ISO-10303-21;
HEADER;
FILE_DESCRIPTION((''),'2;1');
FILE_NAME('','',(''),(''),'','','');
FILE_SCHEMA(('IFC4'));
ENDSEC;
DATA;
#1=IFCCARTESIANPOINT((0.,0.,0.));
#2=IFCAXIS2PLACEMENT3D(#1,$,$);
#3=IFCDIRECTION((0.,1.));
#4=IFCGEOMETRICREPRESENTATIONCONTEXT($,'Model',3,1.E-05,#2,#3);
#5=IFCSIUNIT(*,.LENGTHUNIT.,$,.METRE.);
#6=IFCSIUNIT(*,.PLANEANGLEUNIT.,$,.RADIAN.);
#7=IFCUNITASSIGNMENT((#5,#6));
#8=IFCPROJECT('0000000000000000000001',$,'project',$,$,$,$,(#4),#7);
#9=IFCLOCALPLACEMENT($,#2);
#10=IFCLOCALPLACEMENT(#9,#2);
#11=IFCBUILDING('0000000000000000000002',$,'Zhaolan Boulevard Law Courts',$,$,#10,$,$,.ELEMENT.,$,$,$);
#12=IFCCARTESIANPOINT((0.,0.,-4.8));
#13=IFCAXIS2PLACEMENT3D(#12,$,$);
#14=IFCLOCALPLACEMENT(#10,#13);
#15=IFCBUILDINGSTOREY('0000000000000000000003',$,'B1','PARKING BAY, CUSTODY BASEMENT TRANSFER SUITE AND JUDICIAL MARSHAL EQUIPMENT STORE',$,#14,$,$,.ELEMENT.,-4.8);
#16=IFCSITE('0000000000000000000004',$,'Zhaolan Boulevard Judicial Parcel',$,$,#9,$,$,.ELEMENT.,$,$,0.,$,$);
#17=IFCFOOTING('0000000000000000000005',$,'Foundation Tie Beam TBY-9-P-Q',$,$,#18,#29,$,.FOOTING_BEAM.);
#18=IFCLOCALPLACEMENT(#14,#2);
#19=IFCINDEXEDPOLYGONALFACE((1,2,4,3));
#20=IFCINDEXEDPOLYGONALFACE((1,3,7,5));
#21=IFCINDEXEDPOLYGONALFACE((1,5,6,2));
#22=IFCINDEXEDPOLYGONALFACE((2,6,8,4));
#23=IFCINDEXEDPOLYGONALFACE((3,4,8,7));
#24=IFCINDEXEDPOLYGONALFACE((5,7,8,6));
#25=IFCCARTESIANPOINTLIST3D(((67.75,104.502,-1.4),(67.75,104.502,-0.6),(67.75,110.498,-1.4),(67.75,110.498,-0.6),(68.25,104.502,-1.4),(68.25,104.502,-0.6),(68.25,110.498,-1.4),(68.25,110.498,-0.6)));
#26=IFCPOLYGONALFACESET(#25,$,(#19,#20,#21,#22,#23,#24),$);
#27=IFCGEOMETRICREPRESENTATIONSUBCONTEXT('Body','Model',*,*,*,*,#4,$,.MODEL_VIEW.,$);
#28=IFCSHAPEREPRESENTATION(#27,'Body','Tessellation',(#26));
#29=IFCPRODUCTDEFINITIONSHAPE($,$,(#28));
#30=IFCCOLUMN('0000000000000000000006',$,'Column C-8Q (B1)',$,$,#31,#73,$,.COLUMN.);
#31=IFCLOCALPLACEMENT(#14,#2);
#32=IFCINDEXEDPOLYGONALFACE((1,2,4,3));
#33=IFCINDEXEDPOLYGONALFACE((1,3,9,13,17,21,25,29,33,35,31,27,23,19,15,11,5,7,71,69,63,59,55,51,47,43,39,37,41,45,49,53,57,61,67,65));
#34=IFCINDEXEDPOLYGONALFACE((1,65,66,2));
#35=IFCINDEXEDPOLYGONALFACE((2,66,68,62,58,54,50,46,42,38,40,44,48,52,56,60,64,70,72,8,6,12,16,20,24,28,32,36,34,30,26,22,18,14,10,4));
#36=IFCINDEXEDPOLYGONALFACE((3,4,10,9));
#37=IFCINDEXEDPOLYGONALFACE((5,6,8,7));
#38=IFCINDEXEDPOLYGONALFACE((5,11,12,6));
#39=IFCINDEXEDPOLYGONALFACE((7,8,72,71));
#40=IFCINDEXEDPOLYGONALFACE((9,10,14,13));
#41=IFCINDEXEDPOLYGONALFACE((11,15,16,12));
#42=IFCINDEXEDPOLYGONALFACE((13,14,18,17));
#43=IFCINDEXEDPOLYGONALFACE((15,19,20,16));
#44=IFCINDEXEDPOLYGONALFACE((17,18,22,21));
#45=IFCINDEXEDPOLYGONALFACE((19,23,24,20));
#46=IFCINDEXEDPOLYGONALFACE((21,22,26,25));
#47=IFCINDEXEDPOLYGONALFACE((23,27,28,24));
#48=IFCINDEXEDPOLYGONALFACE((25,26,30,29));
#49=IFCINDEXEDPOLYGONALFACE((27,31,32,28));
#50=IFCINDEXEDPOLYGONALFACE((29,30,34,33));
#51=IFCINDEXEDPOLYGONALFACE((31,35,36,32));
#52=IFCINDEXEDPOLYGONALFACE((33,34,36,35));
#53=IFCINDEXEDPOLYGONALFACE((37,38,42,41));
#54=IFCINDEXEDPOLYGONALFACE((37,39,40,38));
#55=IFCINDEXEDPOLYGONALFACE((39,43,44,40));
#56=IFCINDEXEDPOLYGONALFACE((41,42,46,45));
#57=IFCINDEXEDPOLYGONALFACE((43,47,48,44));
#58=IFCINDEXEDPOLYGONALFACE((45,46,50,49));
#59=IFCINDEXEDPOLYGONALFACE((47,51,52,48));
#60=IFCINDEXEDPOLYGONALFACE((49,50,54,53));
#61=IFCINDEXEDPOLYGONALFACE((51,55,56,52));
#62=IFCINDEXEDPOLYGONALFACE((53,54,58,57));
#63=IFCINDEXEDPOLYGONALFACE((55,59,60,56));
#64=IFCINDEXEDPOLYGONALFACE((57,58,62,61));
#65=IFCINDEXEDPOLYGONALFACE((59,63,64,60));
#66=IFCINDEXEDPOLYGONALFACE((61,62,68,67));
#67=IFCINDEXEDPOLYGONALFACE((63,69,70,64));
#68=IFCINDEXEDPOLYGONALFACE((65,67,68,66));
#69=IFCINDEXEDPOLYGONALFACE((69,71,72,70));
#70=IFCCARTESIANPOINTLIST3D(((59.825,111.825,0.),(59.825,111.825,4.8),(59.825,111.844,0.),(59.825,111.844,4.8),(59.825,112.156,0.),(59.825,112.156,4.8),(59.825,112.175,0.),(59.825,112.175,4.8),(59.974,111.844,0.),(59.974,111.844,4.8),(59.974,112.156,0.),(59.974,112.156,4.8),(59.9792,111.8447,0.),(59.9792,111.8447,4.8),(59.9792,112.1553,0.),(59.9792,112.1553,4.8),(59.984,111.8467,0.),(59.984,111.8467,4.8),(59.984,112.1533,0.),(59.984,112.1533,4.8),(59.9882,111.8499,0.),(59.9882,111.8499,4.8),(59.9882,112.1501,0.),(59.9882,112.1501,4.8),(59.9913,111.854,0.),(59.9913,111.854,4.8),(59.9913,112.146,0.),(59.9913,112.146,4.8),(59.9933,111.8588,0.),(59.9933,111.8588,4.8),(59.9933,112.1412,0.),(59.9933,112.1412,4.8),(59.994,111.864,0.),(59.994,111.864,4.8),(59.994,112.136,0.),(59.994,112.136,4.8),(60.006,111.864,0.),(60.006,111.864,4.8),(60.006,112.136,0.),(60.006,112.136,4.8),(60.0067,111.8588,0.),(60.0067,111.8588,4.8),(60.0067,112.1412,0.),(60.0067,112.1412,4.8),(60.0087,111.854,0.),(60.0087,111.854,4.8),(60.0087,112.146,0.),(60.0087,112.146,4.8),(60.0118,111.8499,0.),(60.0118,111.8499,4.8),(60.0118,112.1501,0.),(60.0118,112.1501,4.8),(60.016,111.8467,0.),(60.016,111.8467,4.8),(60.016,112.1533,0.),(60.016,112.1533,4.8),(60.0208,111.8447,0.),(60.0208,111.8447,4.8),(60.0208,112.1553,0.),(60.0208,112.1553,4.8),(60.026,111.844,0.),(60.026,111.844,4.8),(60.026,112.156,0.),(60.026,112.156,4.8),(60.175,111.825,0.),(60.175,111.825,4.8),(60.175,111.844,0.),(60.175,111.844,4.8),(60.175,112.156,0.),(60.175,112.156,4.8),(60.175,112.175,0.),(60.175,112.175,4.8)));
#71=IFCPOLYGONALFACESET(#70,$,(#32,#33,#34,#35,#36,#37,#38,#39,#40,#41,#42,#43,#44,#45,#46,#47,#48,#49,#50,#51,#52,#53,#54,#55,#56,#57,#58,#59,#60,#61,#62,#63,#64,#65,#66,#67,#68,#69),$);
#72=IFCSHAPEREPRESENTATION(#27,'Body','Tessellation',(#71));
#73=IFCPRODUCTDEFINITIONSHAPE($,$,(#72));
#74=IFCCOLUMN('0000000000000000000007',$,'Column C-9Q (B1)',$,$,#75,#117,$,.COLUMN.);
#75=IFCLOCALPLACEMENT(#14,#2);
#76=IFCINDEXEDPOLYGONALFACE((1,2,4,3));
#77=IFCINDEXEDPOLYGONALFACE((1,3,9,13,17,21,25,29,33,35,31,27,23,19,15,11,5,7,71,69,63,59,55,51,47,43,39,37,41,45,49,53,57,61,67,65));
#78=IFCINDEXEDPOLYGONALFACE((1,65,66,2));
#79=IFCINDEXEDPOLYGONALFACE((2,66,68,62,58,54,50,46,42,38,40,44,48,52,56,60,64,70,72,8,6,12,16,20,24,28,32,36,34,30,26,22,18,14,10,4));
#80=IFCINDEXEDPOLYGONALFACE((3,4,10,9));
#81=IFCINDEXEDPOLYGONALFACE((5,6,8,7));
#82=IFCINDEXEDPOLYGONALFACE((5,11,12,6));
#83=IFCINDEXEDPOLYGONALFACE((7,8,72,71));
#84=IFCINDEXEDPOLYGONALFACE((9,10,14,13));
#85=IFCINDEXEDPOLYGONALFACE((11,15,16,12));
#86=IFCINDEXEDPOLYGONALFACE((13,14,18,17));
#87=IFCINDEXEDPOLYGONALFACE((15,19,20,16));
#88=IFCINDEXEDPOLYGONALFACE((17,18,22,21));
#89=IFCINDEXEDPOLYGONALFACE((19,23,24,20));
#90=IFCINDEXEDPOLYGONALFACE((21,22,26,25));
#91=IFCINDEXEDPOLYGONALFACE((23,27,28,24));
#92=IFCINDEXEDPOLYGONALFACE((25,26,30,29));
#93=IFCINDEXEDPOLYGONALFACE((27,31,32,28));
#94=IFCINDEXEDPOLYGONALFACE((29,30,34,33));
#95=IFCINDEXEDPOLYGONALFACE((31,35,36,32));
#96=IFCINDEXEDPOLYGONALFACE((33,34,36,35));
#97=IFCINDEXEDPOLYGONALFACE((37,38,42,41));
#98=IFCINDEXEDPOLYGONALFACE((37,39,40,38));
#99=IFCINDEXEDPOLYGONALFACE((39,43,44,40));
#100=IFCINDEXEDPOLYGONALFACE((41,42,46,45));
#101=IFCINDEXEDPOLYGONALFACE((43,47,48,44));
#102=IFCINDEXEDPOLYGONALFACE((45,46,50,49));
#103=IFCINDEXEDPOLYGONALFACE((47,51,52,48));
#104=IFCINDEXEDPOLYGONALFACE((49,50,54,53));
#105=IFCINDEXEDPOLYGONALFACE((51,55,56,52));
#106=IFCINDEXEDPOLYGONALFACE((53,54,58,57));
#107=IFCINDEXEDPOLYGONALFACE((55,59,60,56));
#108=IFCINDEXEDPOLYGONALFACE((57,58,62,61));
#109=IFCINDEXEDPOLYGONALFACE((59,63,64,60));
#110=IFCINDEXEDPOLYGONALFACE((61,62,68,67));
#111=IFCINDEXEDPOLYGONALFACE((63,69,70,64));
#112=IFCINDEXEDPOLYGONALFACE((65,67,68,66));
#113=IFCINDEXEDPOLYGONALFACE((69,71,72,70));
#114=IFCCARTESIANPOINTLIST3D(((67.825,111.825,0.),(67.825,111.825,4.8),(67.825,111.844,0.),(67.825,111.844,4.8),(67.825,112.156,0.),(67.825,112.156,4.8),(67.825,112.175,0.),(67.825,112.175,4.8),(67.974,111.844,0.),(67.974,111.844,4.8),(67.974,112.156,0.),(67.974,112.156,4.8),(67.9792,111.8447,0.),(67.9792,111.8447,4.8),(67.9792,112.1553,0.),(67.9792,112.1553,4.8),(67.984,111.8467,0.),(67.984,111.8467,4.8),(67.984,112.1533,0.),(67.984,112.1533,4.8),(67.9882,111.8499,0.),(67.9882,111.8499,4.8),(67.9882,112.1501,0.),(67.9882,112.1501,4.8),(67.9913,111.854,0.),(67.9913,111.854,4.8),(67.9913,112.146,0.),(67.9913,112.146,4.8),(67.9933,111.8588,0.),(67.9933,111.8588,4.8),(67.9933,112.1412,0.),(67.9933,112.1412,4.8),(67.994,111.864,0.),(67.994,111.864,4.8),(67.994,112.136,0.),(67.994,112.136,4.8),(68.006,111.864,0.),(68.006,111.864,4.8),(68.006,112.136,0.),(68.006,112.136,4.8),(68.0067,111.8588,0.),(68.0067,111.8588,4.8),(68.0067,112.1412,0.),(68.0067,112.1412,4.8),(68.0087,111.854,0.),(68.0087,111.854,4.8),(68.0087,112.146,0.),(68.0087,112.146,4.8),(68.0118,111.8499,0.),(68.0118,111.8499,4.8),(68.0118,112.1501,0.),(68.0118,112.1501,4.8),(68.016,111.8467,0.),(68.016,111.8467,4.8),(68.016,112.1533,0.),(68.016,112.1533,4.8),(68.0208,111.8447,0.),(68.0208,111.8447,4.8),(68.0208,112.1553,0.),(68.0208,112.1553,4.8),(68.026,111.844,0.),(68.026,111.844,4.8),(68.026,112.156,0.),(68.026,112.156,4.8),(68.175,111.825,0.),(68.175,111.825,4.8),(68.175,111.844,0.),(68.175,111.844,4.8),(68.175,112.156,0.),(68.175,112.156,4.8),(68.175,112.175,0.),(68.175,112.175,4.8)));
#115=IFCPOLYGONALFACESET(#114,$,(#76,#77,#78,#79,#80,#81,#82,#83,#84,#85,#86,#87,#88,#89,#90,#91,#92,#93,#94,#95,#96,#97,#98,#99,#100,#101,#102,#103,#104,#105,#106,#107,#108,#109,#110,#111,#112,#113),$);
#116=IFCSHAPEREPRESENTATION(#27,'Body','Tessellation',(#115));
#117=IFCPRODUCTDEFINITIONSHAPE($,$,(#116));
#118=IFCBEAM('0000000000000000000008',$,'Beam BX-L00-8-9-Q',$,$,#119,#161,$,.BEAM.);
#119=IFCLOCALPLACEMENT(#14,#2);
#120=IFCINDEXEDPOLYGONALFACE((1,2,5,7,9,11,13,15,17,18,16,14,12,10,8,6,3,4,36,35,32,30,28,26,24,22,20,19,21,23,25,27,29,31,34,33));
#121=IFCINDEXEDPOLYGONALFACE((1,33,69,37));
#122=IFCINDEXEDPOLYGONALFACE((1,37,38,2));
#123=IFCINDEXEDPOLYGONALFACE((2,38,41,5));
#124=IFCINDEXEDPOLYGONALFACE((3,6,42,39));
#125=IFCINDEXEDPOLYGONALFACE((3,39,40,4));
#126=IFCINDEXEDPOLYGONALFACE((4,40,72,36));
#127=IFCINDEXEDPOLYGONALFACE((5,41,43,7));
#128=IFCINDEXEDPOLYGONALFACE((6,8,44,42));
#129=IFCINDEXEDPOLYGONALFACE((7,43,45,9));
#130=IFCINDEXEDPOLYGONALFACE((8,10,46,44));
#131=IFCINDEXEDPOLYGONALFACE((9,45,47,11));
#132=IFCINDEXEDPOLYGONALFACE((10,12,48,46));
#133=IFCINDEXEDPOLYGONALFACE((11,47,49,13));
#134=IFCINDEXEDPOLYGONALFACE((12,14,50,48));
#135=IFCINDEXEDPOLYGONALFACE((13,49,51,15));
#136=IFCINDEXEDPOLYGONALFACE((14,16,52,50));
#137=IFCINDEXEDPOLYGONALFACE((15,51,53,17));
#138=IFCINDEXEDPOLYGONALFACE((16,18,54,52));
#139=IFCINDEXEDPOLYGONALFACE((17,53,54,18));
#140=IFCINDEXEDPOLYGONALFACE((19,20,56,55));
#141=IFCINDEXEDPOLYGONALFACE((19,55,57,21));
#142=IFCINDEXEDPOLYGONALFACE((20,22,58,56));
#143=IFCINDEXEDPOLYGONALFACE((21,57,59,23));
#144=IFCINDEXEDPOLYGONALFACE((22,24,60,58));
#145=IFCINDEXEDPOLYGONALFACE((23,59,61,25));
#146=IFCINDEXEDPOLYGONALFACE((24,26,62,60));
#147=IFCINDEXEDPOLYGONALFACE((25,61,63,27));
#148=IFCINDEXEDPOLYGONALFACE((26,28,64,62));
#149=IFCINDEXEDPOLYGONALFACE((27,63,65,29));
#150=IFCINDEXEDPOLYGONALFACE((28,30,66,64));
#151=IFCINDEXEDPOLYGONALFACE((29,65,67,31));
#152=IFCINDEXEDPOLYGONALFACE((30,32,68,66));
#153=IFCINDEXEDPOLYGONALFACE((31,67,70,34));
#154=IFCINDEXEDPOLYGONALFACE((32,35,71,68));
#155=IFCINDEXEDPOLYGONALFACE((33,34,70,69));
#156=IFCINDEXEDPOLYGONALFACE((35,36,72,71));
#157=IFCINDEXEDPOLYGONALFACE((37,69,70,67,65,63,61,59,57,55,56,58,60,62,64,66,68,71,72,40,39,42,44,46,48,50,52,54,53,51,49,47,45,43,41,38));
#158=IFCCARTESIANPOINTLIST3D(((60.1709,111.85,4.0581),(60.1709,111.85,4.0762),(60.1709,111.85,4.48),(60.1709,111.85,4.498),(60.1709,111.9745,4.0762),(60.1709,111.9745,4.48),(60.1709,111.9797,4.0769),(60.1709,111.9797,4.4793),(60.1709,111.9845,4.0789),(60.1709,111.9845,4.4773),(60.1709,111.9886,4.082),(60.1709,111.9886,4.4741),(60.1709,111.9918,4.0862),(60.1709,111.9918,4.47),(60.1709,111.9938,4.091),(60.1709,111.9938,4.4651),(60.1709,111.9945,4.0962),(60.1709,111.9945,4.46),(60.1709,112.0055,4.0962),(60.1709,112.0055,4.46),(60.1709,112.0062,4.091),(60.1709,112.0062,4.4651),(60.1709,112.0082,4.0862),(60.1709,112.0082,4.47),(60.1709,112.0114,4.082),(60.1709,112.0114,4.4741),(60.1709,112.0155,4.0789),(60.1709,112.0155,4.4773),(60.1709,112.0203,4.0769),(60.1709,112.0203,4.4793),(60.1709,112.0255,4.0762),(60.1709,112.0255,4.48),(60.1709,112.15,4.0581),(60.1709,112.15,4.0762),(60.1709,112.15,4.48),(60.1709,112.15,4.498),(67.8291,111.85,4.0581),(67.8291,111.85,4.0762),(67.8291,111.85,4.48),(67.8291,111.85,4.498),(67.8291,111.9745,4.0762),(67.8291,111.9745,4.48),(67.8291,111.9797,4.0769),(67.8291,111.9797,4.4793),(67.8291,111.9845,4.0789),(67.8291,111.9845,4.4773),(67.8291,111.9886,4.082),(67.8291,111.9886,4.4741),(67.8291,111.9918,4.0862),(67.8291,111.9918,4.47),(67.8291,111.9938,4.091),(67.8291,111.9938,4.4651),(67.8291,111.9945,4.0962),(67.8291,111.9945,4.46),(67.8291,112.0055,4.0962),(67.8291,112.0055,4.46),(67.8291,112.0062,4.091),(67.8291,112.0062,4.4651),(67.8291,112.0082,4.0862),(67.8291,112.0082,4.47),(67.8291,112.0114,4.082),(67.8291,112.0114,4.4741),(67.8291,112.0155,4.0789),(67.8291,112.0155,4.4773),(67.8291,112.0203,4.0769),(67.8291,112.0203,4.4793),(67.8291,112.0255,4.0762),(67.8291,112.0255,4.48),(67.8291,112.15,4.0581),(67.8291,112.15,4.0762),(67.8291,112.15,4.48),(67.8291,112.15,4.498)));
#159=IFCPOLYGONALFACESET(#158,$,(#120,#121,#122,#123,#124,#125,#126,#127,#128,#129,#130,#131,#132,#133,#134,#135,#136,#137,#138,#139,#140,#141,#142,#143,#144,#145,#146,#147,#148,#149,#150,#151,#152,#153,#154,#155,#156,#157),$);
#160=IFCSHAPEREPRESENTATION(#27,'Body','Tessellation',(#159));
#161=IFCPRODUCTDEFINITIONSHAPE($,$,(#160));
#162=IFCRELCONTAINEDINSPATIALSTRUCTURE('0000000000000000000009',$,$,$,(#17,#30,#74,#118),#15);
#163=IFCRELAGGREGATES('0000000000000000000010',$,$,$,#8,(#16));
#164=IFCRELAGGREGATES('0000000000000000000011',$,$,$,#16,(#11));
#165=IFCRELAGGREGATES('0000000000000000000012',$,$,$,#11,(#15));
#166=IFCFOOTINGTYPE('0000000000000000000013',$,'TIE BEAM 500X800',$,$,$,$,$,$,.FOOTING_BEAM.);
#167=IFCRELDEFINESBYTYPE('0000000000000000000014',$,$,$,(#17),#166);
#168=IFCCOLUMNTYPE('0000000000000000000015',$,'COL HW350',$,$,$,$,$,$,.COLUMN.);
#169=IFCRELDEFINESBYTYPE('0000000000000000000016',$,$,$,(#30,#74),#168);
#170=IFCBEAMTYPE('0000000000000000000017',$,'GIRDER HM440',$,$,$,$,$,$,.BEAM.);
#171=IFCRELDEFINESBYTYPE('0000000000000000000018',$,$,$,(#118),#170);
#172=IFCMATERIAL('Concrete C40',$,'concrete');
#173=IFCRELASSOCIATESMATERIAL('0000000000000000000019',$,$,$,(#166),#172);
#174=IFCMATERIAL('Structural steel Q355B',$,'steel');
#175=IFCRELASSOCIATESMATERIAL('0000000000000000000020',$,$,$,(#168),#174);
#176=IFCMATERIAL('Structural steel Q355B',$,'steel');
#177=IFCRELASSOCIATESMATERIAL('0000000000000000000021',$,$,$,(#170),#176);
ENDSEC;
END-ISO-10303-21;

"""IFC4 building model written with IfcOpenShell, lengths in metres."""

from ifc_helpers import new_model, si_unit, direction, frame, origin, origin_2d, place, context, subcontext, project, spatial, rectangle, i_section, extrude, material, material_profile, profile_set, type_object, element, save


model = new_model("IFC4")

# Units and contexts
model_context = context("Model", 3, precision=1e-05, world=origin(), true_north=direction((0.0, 1.0)))
body_context = subcontext(model_context, "Body", "Model", "MODEL_VIEW")
ifc_project = project(units=[si_unit("LENGTHUNIT", "METRE"), si_unit("PLANEANGLEUNIT", "RADIAN")], contexts=[model_context])

# Site, building, storey
site_placement = place(None, origin())
site = spatial("IfcSite", under=ifc_project, at=site_placement, Name="Zhaolan Boulevard Judicial Parcel", CompositionType="ELEMENT", RefElevation=0.0)
building_placement = place(site_placement, origin())
building = spatial("IfcBuilding", under=site, at=building_placement, Name="Zhaolan Boulevard Law Courts", CompositionType="ELEMENT")
storey_placement = place(building_placement, frame((0.0, 0.0, -4.8)))
storey = spatial("IfcBuildingStorey", under=building, at=storey_placement, Name="B1", Description="PARKING BAY, CUSTODY BASEMENT TRANSFER SUITE AND JUDICIAL MARSHAL EQUIPMENT STORE", CompositionType="ELEMENT", Elevation=-4.8)

# Footing
ifc_material_1 = material(Name="Concrete C40", Category="concrete")
ifc_material_profile_1 = material_profile(ifc_material_1, rectangle(XDim=0.5, YDim=0.8, at=origin_2d()), Name="RC500x800")
ifc_profile_set_1 = profile_set([ifc_material_profile_1], Name="Concrete C40")
footing_type_1 = type_object("IfcFootingType", Name="TIE BEAM 500X800", PredefinedType="FOOTING_BEAM", material=ifc_profile_set_1)
footing_1_placement = place(storey_placement, frame((68.0, 104.502, -1.0), z_axis=(0.0, 1.0, 0.0), x_axis=(-1.0, 0.0, 0.0)))
element("IfcFooting", 1, at=footing_1_placement, inside=storey, type_object=footing_type_1, Name="Foundation Tie Beam TBY-9-P-Q", PredefinedType="FOOTING_BEAM", context=body_context, shape_type="SweptSolid", body=[
    extrude(rectangle(XDim=0.5, YDim=0.8, at=origin_2d()), origin(), (0.0, 0.0, 1.0), 5.9961),
])

# Columns
ifc_material_2 = material(Name="Structural steel Q355B", Category="steel")
ifc_material_profile_2 = material_profile(ifc_material_2, i_section(OverallWidth=0.3501, OverallDepth=0.3501, WebThickness=0.012, FlangeThickness=0.019, FilletRadius=0.02, at=origin_2d()), Name="HW350x350")
ifc_profile_set_2 = profile_set([ifc_material_profile_2], Name="Structural steel Q355B")
column_type = type_object("IfcColumnType", Name="COL HW350", PredefinedType="COLUMN", material=ifc_profile_set_2)
for number, where, z_axis, x_axis, name in (
    (2, (60.0, 112.0, 0.0), (0.0, 0.0, 1.0), (1.0, 0.0, 0.0), "Column C-8Q (B1)"),
    (3, (68.0, 112.0, 0.0), (0.0, 0.0, 1.0), (1.0, 0.0, 0.0), "Column C-9Q (B1)"),
):
    element("IfcColumn", number, at=place(storey_placement, frame(where, z_axis=z_axis, x_axis=x_axis)), inside=storey, type_object=column_type, Name=name, PredefinedType="COLUMN", context=body_context, shape_type="SweptSolid", body=[
        extrude(i_section(OverallWidth=0.3501, OverallDepth=0.3501, WebThickness=0.012, FlangeThickness=0.019, FilletRadius=0.02, at=origin_2d()), origin(), (0.0, 0.0, 1.0), 4.8),
    ])

# Beam
ifc_material_3 = material(Name="Structural steel Q355B", Category="steel")
ifc_material_profile_3 = material_profile(ifc_material_3, i_section(OverallWidth=0.3, OverallDepth=0.4399, WebThickness=0.011, FlangeThickness=0.0181, FilletRadius=0.02, at=origin_2d()), Name="HM440x300")
ifc_profile_set_3 = profile_set([ifc_material_profile_3], Name="Structural steel Q355B")
beam_type_1 = type_object("IfcBeamType", Name="GIRDER HM440", PredefinedType="BEAM", material=ifc_profile_set_3)
for number, where, z_axis, x_axis, name in (
    (4, (60.1709, 112.0, 4.2781), (1.0, 0.0, 0.0), (0.0, 1.0, 0.0), "Beam BX-L00-8-9-Q"),
):
    element("IfcBeam", number, at=place(storey_placement, frame(where, z_axis=z_axis, x_axis=x_axis)), inside=storey, type_object=beam_type_1, Name=name, PredefinedType="BEAM", context=body_context, shape_type="SweptSolid", body=[
        extrude(i_section(OverallWidth=0.3, OverallDepth=0.4399, WebThickness=0.011, FlangeThickness=0.0181, FilletRadius=0.02, at=origin_2d()), origin(), (0.0, 0.0, 1.0), 7.6582),
    ])

save(model, "model.ifc")
